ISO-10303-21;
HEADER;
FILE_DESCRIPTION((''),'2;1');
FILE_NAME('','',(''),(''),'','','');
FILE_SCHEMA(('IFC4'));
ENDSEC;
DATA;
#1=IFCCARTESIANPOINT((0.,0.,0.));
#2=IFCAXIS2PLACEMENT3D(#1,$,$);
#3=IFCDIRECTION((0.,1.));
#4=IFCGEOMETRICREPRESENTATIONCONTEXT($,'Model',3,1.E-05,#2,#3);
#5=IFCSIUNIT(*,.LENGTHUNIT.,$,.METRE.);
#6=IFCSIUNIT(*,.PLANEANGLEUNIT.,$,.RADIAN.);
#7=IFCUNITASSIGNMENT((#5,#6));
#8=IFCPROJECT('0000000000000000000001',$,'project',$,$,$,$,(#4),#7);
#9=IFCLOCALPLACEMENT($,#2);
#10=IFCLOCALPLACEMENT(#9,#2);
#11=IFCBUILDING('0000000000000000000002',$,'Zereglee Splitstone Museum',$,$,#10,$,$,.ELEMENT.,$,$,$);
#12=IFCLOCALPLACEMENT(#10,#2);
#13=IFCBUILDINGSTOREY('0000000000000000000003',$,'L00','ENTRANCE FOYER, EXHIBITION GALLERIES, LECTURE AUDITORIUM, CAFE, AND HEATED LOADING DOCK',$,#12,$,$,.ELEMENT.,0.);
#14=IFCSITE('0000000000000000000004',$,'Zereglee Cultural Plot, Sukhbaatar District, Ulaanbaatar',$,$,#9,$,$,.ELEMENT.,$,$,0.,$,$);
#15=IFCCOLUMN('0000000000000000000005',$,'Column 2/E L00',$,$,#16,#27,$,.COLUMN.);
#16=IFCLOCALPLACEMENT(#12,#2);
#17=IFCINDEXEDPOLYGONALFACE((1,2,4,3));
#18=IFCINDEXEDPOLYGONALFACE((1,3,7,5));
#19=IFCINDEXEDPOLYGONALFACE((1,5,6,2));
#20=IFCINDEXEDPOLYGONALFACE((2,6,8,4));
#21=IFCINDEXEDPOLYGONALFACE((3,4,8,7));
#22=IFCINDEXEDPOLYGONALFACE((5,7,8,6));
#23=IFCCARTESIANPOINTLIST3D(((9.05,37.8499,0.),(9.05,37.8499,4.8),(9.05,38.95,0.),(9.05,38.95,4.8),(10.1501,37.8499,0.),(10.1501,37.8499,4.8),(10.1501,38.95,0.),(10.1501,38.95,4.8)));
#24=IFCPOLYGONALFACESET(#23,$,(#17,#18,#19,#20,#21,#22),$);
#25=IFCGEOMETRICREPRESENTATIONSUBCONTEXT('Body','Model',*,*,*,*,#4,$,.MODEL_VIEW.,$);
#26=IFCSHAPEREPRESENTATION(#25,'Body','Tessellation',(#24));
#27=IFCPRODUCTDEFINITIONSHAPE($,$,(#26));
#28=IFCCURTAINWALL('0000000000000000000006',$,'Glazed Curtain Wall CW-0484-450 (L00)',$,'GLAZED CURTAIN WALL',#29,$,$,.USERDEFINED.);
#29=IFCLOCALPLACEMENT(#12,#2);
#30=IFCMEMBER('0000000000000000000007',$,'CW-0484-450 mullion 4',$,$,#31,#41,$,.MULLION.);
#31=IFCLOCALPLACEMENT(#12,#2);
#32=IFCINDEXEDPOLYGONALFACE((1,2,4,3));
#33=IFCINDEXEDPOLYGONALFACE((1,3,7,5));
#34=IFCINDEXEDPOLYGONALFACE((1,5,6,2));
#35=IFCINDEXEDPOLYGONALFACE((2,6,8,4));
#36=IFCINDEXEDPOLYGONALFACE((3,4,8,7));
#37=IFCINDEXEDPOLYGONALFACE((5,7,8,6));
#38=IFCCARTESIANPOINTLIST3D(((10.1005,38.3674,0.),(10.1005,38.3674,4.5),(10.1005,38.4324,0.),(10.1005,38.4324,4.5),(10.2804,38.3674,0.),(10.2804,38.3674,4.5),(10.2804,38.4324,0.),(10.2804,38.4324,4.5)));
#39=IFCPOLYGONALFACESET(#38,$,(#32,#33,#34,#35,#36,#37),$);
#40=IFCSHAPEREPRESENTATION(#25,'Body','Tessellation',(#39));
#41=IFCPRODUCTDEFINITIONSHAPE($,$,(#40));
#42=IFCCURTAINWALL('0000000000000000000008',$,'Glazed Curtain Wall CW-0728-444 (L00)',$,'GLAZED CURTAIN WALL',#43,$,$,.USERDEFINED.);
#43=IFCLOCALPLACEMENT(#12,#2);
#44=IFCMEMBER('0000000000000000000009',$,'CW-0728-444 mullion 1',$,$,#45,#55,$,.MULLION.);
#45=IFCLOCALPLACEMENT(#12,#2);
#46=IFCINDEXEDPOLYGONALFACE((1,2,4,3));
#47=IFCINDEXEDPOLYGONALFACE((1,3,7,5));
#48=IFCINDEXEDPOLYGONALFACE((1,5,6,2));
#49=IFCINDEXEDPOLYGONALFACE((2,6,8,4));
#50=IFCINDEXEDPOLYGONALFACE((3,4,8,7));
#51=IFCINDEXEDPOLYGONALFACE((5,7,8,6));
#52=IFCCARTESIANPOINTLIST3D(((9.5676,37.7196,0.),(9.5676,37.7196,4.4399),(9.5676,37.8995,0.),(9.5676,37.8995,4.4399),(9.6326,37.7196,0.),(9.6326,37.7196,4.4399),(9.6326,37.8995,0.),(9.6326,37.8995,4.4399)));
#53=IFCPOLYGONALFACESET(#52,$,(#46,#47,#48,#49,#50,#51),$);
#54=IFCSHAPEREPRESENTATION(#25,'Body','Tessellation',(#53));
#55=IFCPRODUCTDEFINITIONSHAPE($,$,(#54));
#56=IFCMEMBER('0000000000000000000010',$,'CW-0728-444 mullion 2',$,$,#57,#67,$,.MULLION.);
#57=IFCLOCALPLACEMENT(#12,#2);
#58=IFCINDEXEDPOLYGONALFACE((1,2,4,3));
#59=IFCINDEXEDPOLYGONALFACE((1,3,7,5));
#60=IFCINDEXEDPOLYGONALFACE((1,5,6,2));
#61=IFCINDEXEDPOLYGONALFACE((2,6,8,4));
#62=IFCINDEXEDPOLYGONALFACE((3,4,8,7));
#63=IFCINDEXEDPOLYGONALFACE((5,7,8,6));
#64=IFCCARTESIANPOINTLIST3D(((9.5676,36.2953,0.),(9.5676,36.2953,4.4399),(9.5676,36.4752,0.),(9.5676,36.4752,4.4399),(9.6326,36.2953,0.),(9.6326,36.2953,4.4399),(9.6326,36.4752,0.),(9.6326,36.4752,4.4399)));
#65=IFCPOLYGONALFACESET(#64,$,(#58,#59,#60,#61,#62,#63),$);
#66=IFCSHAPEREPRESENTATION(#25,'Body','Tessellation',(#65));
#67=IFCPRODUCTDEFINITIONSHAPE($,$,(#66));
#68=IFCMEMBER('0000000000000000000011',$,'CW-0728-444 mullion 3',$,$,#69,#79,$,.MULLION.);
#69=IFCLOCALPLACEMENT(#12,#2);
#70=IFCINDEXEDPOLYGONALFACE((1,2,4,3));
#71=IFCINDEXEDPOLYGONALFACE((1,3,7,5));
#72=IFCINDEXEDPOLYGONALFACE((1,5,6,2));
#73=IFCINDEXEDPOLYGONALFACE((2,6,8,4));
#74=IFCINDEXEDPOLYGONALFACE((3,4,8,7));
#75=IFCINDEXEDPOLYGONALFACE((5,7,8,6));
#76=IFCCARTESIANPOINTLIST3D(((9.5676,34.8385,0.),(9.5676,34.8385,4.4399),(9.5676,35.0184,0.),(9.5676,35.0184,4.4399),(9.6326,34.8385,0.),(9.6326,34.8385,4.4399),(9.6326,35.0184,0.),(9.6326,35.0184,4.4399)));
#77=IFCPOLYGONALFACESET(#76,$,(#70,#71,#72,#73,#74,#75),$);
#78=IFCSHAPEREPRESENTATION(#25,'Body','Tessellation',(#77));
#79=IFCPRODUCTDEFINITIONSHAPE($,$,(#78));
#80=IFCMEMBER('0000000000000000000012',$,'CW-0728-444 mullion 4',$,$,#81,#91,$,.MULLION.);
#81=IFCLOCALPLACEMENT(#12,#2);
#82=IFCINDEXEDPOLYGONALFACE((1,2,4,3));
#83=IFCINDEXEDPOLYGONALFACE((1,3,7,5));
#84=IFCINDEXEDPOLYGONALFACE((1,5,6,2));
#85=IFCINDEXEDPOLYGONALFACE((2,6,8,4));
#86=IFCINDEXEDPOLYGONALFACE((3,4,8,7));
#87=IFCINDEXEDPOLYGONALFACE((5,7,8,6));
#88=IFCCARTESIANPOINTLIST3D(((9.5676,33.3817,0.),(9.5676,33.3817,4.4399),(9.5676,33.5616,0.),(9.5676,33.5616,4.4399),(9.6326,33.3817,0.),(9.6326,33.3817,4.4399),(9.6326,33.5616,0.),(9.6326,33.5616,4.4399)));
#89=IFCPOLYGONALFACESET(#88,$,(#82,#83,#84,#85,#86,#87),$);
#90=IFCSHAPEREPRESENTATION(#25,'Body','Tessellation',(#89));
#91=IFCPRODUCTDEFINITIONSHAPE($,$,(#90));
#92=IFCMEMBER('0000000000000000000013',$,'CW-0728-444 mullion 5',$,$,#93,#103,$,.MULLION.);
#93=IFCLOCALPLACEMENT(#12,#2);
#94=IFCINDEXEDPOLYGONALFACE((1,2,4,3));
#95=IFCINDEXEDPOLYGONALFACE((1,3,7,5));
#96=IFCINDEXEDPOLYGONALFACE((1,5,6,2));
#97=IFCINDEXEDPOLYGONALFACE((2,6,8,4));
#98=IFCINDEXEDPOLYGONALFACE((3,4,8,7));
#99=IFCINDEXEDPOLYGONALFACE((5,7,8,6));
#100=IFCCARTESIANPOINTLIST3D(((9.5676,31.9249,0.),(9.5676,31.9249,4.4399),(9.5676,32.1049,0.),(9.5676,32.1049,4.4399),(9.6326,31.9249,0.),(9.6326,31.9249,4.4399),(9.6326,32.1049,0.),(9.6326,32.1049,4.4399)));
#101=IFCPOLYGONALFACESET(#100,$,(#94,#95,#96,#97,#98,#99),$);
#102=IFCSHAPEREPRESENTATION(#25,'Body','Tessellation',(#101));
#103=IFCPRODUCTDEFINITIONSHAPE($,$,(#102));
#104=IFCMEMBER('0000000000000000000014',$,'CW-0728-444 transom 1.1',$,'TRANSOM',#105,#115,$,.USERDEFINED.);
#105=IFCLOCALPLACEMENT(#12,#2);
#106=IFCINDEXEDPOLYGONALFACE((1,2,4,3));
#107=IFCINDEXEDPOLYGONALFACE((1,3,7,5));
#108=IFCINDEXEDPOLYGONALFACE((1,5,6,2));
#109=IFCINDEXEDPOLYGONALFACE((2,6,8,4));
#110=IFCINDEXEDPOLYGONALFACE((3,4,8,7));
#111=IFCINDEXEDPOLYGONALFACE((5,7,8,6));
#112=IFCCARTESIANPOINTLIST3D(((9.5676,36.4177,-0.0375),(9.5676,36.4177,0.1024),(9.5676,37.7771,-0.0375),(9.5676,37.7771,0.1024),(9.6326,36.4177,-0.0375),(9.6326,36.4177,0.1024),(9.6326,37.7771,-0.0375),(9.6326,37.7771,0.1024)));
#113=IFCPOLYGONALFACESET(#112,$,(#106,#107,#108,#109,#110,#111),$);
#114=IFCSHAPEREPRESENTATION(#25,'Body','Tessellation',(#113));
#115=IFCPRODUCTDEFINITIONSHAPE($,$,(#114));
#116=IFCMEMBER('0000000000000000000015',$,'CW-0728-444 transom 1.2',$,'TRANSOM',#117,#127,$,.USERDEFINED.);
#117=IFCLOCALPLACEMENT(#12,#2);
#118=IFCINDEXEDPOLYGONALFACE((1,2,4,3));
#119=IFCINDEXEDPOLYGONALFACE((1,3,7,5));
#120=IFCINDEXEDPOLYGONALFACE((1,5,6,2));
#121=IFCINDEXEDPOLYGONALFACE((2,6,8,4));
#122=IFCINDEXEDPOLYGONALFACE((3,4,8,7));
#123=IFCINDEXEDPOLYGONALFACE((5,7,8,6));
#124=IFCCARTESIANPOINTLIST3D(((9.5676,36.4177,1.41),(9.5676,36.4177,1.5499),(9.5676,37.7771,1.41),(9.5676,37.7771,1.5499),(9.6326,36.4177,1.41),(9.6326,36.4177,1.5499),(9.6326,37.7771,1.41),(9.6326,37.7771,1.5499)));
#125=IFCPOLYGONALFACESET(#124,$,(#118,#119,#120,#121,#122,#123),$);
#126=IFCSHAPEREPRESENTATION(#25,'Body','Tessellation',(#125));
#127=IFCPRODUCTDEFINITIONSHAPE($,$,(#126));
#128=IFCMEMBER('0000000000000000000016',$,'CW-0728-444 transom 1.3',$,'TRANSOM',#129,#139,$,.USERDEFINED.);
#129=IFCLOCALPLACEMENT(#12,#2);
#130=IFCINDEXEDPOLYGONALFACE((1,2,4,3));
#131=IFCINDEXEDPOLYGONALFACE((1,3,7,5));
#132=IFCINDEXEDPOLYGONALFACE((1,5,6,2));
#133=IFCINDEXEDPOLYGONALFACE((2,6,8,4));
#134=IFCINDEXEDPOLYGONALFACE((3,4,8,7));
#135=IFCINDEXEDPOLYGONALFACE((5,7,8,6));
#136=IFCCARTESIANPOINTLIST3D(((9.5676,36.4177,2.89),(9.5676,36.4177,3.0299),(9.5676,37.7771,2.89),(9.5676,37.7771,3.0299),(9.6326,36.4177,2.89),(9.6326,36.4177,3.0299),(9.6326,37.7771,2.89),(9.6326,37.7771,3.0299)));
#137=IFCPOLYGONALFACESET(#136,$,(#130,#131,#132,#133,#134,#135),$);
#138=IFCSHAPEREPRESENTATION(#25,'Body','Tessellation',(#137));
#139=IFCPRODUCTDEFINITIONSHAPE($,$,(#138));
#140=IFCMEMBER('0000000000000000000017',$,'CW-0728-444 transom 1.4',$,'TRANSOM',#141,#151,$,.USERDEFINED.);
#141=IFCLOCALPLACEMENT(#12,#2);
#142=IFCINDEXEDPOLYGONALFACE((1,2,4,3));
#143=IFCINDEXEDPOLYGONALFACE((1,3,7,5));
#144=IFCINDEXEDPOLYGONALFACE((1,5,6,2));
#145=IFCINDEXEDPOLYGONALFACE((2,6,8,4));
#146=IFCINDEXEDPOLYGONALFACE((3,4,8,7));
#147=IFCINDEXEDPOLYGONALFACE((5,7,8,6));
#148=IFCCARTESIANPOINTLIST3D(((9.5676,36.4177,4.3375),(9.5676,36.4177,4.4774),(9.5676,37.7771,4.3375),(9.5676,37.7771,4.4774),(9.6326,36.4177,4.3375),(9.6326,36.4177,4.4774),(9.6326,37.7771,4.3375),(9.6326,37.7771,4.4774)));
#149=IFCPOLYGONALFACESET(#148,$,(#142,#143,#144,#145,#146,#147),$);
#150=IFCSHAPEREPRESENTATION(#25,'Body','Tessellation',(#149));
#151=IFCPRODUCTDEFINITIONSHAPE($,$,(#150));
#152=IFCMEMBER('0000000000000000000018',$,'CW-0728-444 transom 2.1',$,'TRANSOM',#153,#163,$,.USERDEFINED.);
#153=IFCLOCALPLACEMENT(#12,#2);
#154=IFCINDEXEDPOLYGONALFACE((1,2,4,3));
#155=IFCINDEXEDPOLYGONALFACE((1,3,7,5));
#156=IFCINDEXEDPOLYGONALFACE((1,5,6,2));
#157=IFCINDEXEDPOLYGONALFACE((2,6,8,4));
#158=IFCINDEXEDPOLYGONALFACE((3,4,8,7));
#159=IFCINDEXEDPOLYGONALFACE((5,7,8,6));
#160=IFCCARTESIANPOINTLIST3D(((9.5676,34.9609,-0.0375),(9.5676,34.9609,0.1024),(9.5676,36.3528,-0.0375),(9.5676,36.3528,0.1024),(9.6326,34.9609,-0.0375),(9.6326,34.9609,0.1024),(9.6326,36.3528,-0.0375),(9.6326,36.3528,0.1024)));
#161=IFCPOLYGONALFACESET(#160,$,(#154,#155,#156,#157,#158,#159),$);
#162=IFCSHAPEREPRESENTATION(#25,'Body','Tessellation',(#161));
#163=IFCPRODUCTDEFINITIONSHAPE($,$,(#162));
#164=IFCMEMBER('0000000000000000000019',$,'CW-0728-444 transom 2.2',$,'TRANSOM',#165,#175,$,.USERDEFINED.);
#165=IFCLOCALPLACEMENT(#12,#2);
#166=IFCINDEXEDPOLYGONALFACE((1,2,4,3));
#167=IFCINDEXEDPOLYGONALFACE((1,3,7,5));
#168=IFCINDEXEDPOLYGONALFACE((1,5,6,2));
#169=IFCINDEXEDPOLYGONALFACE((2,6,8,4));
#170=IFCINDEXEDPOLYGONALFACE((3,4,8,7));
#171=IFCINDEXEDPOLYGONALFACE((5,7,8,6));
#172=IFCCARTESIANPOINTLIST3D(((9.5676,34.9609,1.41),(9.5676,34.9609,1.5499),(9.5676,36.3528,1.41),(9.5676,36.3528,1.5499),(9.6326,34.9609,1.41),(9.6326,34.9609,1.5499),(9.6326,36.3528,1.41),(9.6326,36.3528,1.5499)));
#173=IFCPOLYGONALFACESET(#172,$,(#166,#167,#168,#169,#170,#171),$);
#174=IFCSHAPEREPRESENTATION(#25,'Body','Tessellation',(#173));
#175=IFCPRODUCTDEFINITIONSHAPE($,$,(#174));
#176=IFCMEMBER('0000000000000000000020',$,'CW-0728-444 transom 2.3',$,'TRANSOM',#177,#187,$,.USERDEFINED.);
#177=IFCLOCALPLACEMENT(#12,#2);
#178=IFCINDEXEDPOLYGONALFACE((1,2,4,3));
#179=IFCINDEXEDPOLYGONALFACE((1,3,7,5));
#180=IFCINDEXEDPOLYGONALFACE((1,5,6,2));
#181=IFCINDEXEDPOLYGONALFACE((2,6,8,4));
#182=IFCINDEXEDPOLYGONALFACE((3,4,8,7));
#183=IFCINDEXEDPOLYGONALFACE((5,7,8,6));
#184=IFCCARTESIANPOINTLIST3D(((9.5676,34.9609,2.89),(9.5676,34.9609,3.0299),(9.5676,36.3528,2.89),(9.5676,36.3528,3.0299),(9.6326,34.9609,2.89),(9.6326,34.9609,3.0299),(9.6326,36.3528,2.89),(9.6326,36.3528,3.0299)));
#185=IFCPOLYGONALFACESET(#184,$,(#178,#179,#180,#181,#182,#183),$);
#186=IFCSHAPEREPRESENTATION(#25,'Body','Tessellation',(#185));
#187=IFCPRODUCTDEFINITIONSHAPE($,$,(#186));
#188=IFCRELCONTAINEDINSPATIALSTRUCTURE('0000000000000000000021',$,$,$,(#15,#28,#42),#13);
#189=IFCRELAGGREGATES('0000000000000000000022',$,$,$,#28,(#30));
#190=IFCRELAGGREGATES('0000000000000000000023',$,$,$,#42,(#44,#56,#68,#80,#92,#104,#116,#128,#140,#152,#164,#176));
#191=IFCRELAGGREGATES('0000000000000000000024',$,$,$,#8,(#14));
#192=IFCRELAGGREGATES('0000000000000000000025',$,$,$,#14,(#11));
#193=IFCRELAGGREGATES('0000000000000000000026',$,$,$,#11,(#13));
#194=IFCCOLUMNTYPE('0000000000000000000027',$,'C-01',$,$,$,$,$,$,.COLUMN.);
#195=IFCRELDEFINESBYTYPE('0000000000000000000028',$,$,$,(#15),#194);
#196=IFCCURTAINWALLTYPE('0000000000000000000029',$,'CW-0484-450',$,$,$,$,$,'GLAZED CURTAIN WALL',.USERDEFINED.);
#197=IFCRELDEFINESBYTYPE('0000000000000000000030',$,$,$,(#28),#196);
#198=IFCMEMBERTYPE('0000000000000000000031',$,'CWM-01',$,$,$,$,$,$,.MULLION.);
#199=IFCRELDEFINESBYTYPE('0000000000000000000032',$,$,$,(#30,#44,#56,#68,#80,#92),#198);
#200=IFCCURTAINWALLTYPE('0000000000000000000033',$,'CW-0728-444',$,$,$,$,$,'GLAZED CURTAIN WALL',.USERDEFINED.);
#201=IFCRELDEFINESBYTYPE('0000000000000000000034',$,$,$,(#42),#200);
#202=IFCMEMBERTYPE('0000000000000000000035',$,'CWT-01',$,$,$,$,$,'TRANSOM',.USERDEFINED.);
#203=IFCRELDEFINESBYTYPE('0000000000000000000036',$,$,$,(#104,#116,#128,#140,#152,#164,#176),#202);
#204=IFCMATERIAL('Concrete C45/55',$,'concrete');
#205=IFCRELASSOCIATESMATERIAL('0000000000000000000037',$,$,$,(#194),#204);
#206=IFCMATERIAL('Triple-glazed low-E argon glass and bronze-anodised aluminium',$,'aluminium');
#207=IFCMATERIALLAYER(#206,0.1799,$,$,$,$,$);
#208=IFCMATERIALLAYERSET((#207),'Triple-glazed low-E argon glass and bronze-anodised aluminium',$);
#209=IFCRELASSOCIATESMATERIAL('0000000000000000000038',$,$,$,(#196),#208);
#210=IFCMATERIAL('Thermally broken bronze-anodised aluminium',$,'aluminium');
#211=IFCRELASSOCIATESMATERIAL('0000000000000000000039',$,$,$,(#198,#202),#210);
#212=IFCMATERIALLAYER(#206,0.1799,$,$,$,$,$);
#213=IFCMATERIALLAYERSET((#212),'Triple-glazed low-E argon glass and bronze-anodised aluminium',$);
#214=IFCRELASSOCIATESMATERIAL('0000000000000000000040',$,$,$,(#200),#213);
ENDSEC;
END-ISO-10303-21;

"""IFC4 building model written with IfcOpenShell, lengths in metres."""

from ifc_helpers import new_model, si_unit, direction, frame, origin, origin_2d, place, context, subcontext, project, spatial, rectangle, extrude, material, layer, layer_set, material_profile, profile_set, type_object, element, aggregate, save


model = new_model("IFC4")

# Units and contexts
model_context = context("Model", 3, precision=1e-05, world=origin(), true_north=direction((0.0, 1.0)))
body_context = subcontext(model_context, "Body", "Model", "MODEL_VIEW")
ifc_project = project(units=[si_unit("LENGTHUNIT", "METRE"), si_unit("PLANEANGLEUNIT", "RADIAN")], contexts=[model_context])

# Site, building, storey
site_placement = place(None, origin())
site = spatial("IfcSite", under=ifc_project, at=site_placement, Name="Zereglee Cultural Plot, Sukhbaatar District, Ulaanbaatar", CompositionType="ELEMENT", RefElevation=0.0)
building_placement = place(site_placement, origin())
building = spatial("IfcBuilding", under=site, at=building_placement, Name="Zereglee Splitstone Museum", CompositionType="ELEMENT")
storey_placement = place(building_placement, origin())
storey = spatial("IfcBuildingStorey", under=building, at=storey_placement, Name="L00", Description="ENTRANCE FOYER, EXHIBITION GALLERIES, LECTURE AUDITORIUM, CAFE, AND HEATED LOADING DOCK", CompositionType="ELEMENT", Elevation=0.0)

# Column
ifc_material_1 = material(Name="Concrete C45/55", Category="concrete")
ifc_material_profile_1 = material_profile(ifc_material_1, rectangle(XDim=1.1001, YDim=1.1001, at=origin_2d()), Name="RC 1100x1100")
ifc_profile_set_1 = profile_set([ifc_material_profile_1], Name="Concrete C45/55")
column_type = type_object("IfcColumnType", Name="C-01", PredefinedType="COLUMN", material=ifc_profile_set_1)
column_placement = place(storey_placement, frame((9.6001, 38.3999, 0.0), z_axis=(0.0, 0.0, 1.0), x_axis=(1.0, 0.0, 0.0)))
element("IfcColumn", 1, at=column_placement, inside=storey, type_object=column_type, Name="Column 2/E L00", PredefinedType="COLUMN", context=body_context, shape_type="SweptSolid", body=[
    extrude(rectangle(XDim=1.1001, YDim=1.1001, at=origin_2d()), origin(), (0.0, 0.0, 1.0), 4.8),
])

# Curtain wall, member
ifc_material_2 = material(Name="Triple-glazed low-E argon glass and bronze-anodised aluminium", Category="aluminium")
ifc_layer_1 = layer(ifc_material_2, 0.1799)
ifc_layer_set_1 = layer_set([ifc_layer_1], Name="Triple-glazed low-E argon glass and bronze-anodised aluminium")
curtain_wall_type_1 = type_object("IfcCurtainWallType", Name="CW-0484-450", ElementType="GLAZED CURTAIN WALL", PredefinedType="USERDEFINED", material=ifc_layer_set_1)
curtain_wall_1_placement = place(storey_placement, origin())
curtain_wall_1 = element("IfcCurtainWall", 2, at=curtain_wall_1_placement, inside=storey, type_object=curtain_wall_type_1, Name="Glazed Curtain Wall CW-0484-450 (L00)", ObjectType="GLAZED CURTAIN WALL", PredefinedType="USERDEFINED")
ifc_material_3 = material(Name="Thermally broken bronze-anodised aluminium", Category="aluminium")
ifc_material_profile_2 = material_profile(ifc_material_3, rectangle(XDim=0.0649, YDim=0.1799, at=origin_2d()), Name="CW MULL 65x180")
ifc_profile_set_2 = profile_set([ifc_material_profile_2], Name="Thermally broken bronze-anodised aluminium")
member_type_1 = type_object("IfcMemberType", Name="CWM-01", PredefinedType="MULLION", material=ifc_profile_set_2)
member_1_placement = place(storey_placement, frame((10.1904, 38.3999, 0.0), z_axis=(0.0, 0.0, 1.0), x_axis=(0.0, -1.0, 0.0)))
member_1 = element("IfcMember", 3, at=member_1_placement, type_object=member_type_1, Name="CW-0484-450 mullion 4", PredefinedType="MULLION", context=body_context, shape_type="SweptSolid", body=[
    extrude(rectangle(XDim=0.0649, YDim=0.1799, at=origin_2d()), origin(), (0.0, 0.0, 1.0), 4.5),
])

# Curtain wall, members
ifc_layer_2 = layer(ifc_material_2, 0.1799)
ifc_layer_set_2 = layer_set([ifc_layer_2], Name="Triple-glazed low-E argon glass and bronze-anodised aluminium")
curtain_wall_type_2 = type_object("IfcCurtainWallType", Name="CW-0728-444", ElementType="GLAZED CURTAIN WALL", PredefinedType="USERDEFINED", material=ifc_layer_set_2)
curtain_wall_2_placement = place(storey_placement, origin())
curtain_wall_2 = element("IfcCurtainWall", 4, at=curtain_wall_2_placement, inside=storey, type_object=curtain_wall_type_2, Name="Glazed Curtain Wall CW-0728-444 (L00)", ObjectType="GLAZED CURTAIN WALL", PredefinedType="USERDEFINED")
member_2_placement = place(storey_placement, frame((9.6001, 37.8096, 0.0), z_axis=(0.0, 0.0, 1.0), x_axis=(1.0, 0.0, 0.0)))
member_2 = element("IfcMember", 5, at=member_2_placement, type_object=member_type_1, Name="CW-0728-444 mullion 1", PredefinedType="MULLION", context=body_context, shape_type="SweptSolid", body=[
    extrude(rectangle(XDim=0.0649, YDim=0.1799, at=origin_2d()), origin(), (0.0, 0.0, 1.0), 4.4399),
])
member_3_placement = place(storey_placement, frame((9.6001, 36.3853, 0.0), z_axis=(0.0, 0.0, 1.0), x_axis=(1.0, 0.0, 0.0)))
member_3 = element("IfcMember", 6, at=member_3_placement, type_object=member_type_1, Name="CW-0728-444 mullion 2", PredefinedType="MULLION", context=body_context, shape_type="SweptSolid", body=[
    extrude(rectangle(XDim=0.0649, YDim=0.1799, at=origin_2d()), origin(), (0.0, 0.0, 1.0), 4.4399),
])
member_4_placement = place(storey_placement, frame((9.6001, 34.9285, 0.0), z_axis=(0.0, 0.0, 1.0), x_axis=(1.0, 0.0, 0.0)))
member_4 = element("IfcMember", 7, at=member_4_placement, type_object=member_type_1, Name="CW-0728-444 mullion 3", PredefinedType="MULLION", context=body_context, shape_type="SweptSolid", body=[
    extrude(rectangle(XDim=0.0649, YDim=0.1799, at=origin_2d()), origin(), (0.0, 0.0, 1.0), 4.4399),
])
member_5_placement = place(storey_placement, frame((9.6001, 33.4717, 0.0), z_axis=(0.0, 0.0, 1.0), x_axis=(1.0, 0.0, 0.0)))
member_5 = element("IfcMember", 8, at=member_5_placement, type_object=member_type_1, Name="CW-0728-444 mullion 4", PredefinedType="MULLION", context=body_context, shape_type="SweptSolid", body=[
    extrude(rectangle(XDim=0.0649, YDim=0.1799, at=origin_2d()), origin(), (0.0, 0.0, 1.0), 4.4399),
])
member_6_placement = place(storey_placement, frame((9.6001, 32.0149, 0.0), z_axis=(0.0, 0.0, 1.0), x_axis=(1.0, 0.0, 0.0)))
member_6 = element("IfcMember", 9, at=member_6_placement, type_object=member_type_1, Name="CW-0728-444 mullion 5", PredefinedType="MULLION", context=body_context, shape_type="SweptSolid", body=[
    extrude(rectangle(XDim=0.0649, YDim=0.1799, at=origin_2d()), origin(), (0.0, 0.0, 1.0), 4.4399),
])
ifc_material_profile_3 = material_profile(ifc_material_3, rectangle(XDim=0.0649, YDim=0.1399, at=origin_2d()), Name="CW TRAN 65x140")
ifc_profile_set_3 = profile_set([ifc_material_profile_3], Name="Thermally broken bronze-anodised aluminium")
member_type_2 = type_object("IfcMemberType", Name="CWT-01", ElementType="TRANSOM", PredefinedType="USERDEFINED", material=ifc_profile_set_3)
member_7_placement = place(storey_placement, frame((9.6001, 37.7771, 0.0325), z_axis=(0.0, -1.0, 0.0), x_axis=(1.0, 0.0, 0.0)))
member_7 = element("IfcMember", 10, at=member_7_placement, type_object=member_type_2, Name="CW-0728-444 transom 1.1", ObjectType="TRANSOM", PredefinedType="USERDEFINED", context=body_context, shape_type="SweptSolid", body=[
    extrude(rectangle(XDim=0.0649, YDim=0.1399, at=origin_2d()), origin(), (0.0, 0.0, 1.0), 1.3594),
])
member_8_placement = place(storey_placement, frame((9.6001, 37.7771, 1.48), z_axis=(0.0, -1.0, 0.0), x_axis=(1.0, 0.0, 0.0)))
member_8 = element("IfcMember", 11, at=member_8_placement, type_object=member_type_2, Name="CW-0728-444 transom 1.2", ObjectType="TRANSOM", PredefinedType="USERDEFINED", context=body_context, shape_type="SweptSolid", body=[
    extrude(rectangle(XDim=0.0649, YDim=0.1399, at=origin_2d()), origin(), (0.0, 0.0, 1.0), 1.3594),
])
member_9_placement = place(storey_placement, frame((9.6001, 37.7771, 2.96), z_axis=(0.0, -1.0, 0.0), x_axis=(1.0, 0.0, 0.0)))
member_9 = element("IfcMember", 12, at=member_9_placement, type_object=member_type_2, Name="CW-0728-444 transom 1.3", ObjectType="TRANSOM", PredefinedType="USERDEFINED", context=body_context, shape_type="SweptSolid", body=[
    extrude(rectangle(XDim=0.0649, YDim=0.1399, at=origin_2d()), origin(), (0.0, 0.0, 1.0), 1.3594),
])
member_10_placement = place(storey_placement, frame((9.6001, 37.7771, 4.4075), z_axis=(0.0, -1.0, 0.0), x_axis=(1.0, 0.0, 0.0)))
member_10 = element("IfcMember", 13, at=member_10_placement, type_object=member_type_2, Name="CW-0728-444 transom 1.4", ObjectType="TRANSOM", PredefinedType="USERDEFINED", context=body_context, shape_type="SweptSolid", body=[
    extrude(rectangle(XDim=0.0649, YDim=0.1399, at=origin_2d()), origin(), (0.0, 0.0, 1.0), 1.3594),
])
member_11_placement = place(storey_placement, frame((9.6001, 36.3528, 0.0325), z_axis=(0.0, -1.0, 0.0), x_axis=(1.0, 0.0, 0.0)))
member_11 = element("IfcMember", 14, at=member_11_placement, type_object=member_type_2, Name="CW-0728-444 transom 2.1", ObjectType="TRANSOM", PredefinedType="USERDEFINED", context=body_context, shape_type="SweptSolid", body=[
    extrude(rectangle(XDim=0.0649, YDim=0.1399, at=origin_2d()), origin(), (0.0, 0.0, 1.0), 1.3918),
])
member_12_placement = place(storey_placement, frame((9.6001, 36.3528, 1.48), z_axis=(0.0, -1.0, 0.0), x_axis=(1.0, 0.0, 0.0)))
member_12 = element("IfcMember", 15, at=member_12_placement, type_object=member_type_2, Name="CW-0728-444 transom 2.2", ObjectType="TRANSOM", PredefinedType="USERDEFINED", context=body_context, shape_type="SweptSolid", body=[
    extrude(rectangle(XDim=0.0649, YDim=0.1399, at=origin_2d()), origin(), (0.0, 0.0, 1.0), 1.3918),
])
member_13_placement = place(storey_placement, frame((9.6001, 36.3528, 2.96), z_axis=(0.0, -1.0, 0.0), x_axis=(1.0, 0.0, 0.0)))
member_13 = element("IfcMember", 16, at=member_13_placement, type_object=member_type_2, Name="CW-0728-444 transom 2.3", ObjectType="TRANSOM", PredefinedType="USERDEFINED", context=body_context, shape_type="SweptSolid", body=[
    extrude(rectangle(XDim=0.0649, YDim=0.1399, at=origin_2d()), origin(), (0.0, 0.0, 1.0), 1.3918),
])

aggregate(curtain_wall_1, [member_1])
aggregate(curtain_wall_2, [member_2, member_3, member_4, member_5, member_6, member_7, member_8, member_9, member_10, member_11, member_12, member_13])

save(model, "model.ifc")
